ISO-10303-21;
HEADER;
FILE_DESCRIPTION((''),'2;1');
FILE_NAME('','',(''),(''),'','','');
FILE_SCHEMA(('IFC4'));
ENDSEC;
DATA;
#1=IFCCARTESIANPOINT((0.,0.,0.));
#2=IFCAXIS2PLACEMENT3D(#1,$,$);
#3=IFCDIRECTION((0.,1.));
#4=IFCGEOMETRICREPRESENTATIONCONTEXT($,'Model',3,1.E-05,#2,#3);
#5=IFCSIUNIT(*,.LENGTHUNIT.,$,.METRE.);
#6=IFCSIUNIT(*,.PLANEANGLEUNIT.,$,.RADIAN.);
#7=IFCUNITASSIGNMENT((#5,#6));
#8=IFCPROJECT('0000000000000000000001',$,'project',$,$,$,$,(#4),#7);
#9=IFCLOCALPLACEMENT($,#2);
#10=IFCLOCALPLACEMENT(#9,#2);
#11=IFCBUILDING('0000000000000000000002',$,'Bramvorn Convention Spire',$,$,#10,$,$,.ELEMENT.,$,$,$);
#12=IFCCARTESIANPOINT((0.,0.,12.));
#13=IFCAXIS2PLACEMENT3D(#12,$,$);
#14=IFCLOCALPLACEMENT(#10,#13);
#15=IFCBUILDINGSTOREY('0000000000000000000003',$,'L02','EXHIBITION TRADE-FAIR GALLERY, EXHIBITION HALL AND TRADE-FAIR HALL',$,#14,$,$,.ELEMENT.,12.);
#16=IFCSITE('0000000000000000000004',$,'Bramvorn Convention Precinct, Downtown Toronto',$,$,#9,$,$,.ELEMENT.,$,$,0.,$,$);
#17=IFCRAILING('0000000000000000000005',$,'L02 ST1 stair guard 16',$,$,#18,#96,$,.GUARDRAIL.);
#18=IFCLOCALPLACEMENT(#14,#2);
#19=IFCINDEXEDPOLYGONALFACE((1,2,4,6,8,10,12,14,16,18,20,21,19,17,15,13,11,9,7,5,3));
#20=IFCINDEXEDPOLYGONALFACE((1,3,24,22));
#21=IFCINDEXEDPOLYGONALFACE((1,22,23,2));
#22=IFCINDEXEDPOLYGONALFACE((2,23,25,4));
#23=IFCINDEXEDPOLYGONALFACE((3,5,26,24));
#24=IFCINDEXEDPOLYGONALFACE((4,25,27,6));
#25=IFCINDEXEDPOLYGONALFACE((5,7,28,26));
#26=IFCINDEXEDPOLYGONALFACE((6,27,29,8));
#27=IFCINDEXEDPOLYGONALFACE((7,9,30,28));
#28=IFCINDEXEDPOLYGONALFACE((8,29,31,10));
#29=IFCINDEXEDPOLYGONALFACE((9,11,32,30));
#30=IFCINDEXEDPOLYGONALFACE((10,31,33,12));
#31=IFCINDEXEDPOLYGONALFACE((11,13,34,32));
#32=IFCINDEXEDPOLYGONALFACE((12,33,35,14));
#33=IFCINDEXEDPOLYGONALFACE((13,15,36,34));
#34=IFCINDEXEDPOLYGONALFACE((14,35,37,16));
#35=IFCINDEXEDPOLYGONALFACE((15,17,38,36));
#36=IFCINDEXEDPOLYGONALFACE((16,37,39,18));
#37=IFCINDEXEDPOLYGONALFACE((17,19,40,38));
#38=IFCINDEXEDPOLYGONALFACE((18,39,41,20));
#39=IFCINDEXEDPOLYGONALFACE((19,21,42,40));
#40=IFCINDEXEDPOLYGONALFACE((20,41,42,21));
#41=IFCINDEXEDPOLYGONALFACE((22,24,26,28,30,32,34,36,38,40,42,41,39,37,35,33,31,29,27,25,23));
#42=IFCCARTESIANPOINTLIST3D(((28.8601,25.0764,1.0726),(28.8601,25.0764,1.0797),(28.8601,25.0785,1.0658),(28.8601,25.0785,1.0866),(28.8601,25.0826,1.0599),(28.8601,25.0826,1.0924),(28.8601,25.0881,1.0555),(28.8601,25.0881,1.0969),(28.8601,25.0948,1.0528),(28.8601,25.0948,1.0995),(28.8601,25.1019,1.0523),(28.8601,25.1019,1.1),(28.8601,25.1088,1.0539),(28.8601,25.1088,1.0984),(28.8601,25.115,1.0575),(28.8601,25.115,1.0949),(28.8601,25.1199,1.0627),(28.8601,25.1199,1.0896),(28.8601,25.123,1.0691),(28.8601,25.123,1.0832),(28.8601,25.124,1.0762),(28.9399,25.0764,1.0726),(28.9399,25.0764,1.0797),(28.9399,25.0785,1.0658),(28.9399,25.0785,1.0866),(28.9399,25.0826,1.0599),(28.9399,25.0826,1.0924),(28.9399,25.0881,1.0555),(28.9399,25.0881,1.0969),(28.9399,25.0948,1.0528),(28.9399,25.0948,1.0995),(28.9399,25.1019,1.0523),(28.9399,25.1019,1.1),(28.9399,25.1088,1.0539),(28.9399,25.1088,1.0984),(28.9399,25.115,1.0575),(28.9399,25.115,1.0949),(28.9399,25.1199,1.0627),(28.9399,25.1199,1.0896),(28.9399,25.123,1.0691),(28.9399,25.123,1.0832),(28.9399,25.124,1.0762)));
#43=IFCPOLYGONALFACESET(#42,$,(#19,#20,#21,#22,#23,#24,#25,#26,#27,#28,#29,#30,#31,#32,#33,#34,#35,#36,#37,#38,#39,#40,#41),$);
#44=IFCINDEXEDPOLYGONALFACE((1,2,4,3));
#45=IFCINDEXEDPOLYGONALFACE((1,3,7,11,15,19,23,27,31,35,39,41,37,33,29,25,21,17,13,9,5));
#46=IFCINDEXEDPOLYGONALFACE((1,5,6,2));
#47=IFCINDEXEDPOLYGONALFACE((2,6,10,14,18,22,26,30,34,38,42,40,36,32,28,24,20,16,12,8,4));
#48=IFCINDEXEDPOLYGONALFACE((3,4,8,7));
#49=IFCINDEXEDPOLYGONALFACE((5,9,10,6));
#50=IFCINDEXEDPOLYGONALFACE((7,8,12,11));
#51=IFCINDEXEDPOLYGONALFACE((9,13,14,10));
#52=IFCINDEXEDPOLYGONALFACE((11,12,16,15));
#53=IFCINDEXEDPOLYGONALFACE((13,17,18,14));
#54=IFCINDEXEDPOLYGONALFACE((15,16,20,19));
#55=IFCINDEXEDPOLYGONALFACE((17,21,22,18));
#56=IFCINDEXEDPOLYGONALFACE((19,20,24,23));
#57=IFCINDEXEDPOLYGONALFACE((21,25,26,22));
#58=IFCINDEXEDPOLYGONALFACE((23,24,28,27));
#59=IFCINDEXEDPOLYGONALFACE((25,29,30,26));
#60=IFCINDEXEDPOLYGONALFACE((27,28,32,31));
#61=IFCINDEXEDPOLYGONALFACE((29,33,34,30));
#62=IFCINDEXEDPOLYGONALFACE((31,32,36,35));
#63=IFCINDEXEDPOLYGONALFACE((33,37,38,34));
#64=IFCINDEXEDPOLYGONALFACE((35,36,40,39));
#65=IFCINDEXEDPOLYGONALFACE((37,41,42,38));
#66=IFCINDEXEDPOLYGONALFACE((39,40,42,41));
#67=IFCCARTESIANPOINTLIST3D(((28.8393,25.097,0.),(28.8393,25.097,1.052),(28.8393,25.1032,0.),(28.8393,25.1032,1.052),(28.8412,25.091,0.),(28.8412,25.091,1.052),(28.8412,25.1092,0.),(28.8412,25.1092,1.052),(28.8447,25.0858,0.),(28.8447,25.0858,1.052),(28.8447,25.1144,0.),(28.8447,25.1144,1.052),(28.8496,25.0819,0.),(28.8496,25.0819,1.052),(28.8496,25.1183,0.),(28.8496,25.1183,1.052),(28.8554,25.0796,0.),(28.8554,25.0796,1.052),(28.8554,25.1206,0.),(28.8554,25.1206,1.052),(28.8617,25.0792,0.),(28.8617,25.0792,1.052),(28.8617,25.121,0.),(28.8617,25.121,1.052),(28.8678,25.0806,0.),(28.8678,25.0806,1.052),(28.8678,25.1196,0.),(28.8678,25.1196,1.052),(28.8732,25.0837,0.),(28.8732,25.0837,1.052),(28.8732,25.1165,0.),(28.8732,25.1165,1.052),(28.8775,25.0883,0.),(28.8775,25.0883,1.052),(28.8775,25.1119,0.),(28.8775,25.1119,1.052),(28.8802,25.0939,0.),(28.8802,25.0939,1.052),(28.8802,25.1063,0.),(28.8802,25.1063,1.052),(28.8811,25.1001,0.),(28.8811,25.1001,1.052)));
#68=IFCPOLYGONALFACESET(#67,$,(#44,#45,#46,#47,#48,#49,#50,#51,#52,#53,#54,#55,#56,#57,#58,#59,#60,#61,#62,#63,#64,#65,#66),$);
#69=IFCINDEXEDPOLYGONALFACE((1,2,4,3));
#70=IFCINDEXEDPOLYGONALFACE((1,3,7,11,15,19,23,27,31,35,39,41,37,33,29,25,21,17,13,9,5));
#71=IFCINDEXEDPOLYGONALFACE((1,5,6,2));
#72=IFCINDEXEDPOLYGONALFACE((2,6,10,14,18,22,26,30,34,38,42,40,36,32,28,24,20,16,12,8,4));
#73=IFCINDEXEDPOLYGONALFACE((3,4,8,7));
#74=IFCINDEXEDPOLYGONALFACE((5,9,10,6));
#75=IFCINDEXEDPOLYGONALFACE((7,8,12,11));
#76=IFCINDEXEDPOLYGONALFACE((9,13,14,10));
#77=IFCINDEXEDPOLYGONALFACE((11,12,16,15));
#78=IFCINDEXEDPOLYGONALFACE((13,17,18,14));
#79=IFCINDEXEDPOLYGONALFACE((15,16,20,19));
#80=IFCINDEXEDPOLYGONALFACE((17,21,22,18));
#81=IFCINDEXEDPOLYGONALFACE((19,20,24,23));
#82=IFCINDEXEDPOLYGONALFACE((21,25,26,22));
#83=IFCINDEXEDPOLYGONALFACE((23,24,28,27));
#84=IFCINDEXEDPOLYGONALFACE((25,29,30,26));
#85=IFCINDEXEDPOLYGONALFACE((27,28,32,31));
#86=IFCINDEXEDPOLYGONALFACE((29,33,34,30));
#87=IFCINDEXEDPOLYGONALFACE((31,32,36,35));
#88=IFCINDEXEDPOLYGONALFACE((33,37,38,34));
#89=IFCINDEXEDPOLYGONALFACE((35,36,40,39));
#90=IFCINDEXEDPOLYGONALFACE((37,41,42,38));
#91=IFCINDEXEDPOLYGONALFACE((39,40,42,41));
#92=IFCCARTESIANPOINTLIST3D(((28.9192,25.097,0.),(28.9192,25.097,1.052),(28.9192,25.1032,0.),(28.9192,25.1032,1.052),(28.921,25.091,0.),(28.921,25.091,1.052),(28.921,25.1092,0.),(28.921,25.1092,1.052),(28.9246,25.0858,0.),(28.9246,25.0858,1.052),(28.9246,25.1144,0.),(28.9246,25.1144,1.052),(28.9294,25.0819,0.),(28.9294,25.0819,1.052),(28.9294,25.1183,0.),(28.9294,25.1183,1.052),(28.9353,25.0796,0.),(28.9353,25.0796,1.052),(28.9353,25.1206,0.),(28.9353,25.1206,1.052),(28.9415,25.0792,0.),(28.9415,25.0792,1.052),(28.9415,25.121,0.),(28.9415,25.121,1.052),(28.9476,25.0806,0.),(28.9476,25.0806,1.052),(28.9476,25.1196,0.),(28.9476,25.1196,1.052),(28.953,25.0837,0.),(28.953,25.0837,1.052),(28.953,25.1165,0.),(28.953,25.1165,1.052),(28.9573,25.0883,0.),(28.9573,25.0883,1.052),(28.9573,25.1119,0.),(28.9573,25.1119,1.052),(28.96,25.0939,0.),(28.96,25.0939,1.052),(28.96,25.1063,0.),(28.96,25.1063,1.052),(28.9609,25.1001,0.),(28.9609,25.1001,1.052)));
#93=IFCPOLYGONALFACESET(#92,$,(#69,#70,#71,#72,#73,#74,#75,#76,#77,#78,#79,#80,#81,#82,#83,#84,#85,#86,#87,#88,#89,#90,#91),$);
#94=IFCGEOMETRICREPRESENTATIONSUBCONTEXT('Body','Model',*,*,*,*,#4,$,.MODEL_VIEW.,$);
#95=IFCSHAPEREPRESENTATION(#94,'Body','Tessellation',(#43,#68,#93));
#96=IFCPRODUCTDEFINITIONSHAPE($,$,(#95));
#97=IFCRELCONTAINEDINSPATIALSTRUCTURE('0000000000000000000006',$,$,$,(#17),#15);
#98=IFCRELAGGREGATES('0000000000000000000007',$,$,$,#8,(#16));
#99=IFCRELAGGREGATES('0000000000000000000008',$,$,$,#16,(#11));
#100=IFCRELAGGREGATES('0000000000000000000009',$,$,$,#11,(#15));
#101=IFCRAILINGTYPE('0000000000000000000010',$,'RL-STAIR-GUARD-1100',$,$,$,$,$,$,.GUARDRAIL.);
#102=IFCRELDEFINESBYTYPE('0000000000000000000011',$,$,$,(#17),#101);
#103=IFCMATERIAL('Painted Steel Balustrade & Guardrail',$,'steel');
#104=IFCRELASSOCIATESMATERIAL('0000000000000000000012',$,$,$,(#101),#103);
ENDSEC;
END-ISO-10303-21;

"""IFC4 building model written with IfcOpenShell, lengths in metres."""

from ifc_helpers import new_model, si_unit, direction, frame, origin, origin_2d, place, context, subcontext, project, spatial, circle, extrude, material, type_object, element, save


model = new_model("IFC4")

# Units and contexts
model_context = context("Model", 3, precision=1e-05, world=origin(), true_north=direction((0.0, 1.0)))
body_context = subcontext(model_context, "Body", "Model", "MODEL_VIEW")
ifc_project = project(units=[si_unit("LENGTHUNIT", "METRE"), si_unit("PLANEANGLEUNIT", "RADIAN")], contexts=[model_context])

# Site, building, storey
site_placement = place(None, origin())
site = spatial("IfcSite", under=ifc_project, at=site_placement, Name="Bramvorn Convention Precinct, Downtown Toronto", CompositionType="ELEMENT", RefElevation=0.0)
building_placement = place(site_placement, origin())
building = spatial("IfcBuilding", under=site, at=building_placement, Name="Bramvorn Convention Spire", CompositionType="ELEMENT")
storey_placement = place(building_placement, frame((0.0, 0.0, 12.0)))
storey = spatial("IfcBuildingStorey", under=building, at=storey_placement, Name="L02", Description="EXHIBITION TRADE-FAIR GALLERY, EXHIBITION HALL AND TRADE-FAIR HALL", CompositionType="ELEMENT", Elevation=12.0)

# Railing
ifc_material_1 = material(Name="Painted Steel Balustrade & Guardrail", Category="steel")
railing_type_1 = type_object("IfcRailingType", Name="RL-STAIR-GUARD-1100", PredefinedType="GUARDRAIL", material=ifc_material_1)
railing_1_placement = place(storey_placement, frame((28.8601, 25.1001, 0.0)))
element("IfcRailing", 1, at=railing_1_placement, inside=storey, type_object=railing_type_1, Name="L02 ST1 stair guard 16", PredefinedType="GUARDRAIL", context=body_context, shape_type="SweptSolid", body=[
    extrude(circle(Radius=0.0239, at=origin_2d()), frame((0.0, 0.0, 1.0762), z_axis=(1.0, 0.0, 0.0), x_axis=(0.0, 1.0, 0.0)), (0.0, 0.0, 1.0), 0.0798),
    extrude(circle(Radius=0.021, at=origin_2d()), origin(), (0.0, 0.0, 1.0), 1.052),
    extrude(circle(Radius=0.021, at=origin_2d()), frame((0.0798, 0.0, 0.0)), (0.0, 0.0, 1.0), 1.052),
])

save(model, "model.ifc")
